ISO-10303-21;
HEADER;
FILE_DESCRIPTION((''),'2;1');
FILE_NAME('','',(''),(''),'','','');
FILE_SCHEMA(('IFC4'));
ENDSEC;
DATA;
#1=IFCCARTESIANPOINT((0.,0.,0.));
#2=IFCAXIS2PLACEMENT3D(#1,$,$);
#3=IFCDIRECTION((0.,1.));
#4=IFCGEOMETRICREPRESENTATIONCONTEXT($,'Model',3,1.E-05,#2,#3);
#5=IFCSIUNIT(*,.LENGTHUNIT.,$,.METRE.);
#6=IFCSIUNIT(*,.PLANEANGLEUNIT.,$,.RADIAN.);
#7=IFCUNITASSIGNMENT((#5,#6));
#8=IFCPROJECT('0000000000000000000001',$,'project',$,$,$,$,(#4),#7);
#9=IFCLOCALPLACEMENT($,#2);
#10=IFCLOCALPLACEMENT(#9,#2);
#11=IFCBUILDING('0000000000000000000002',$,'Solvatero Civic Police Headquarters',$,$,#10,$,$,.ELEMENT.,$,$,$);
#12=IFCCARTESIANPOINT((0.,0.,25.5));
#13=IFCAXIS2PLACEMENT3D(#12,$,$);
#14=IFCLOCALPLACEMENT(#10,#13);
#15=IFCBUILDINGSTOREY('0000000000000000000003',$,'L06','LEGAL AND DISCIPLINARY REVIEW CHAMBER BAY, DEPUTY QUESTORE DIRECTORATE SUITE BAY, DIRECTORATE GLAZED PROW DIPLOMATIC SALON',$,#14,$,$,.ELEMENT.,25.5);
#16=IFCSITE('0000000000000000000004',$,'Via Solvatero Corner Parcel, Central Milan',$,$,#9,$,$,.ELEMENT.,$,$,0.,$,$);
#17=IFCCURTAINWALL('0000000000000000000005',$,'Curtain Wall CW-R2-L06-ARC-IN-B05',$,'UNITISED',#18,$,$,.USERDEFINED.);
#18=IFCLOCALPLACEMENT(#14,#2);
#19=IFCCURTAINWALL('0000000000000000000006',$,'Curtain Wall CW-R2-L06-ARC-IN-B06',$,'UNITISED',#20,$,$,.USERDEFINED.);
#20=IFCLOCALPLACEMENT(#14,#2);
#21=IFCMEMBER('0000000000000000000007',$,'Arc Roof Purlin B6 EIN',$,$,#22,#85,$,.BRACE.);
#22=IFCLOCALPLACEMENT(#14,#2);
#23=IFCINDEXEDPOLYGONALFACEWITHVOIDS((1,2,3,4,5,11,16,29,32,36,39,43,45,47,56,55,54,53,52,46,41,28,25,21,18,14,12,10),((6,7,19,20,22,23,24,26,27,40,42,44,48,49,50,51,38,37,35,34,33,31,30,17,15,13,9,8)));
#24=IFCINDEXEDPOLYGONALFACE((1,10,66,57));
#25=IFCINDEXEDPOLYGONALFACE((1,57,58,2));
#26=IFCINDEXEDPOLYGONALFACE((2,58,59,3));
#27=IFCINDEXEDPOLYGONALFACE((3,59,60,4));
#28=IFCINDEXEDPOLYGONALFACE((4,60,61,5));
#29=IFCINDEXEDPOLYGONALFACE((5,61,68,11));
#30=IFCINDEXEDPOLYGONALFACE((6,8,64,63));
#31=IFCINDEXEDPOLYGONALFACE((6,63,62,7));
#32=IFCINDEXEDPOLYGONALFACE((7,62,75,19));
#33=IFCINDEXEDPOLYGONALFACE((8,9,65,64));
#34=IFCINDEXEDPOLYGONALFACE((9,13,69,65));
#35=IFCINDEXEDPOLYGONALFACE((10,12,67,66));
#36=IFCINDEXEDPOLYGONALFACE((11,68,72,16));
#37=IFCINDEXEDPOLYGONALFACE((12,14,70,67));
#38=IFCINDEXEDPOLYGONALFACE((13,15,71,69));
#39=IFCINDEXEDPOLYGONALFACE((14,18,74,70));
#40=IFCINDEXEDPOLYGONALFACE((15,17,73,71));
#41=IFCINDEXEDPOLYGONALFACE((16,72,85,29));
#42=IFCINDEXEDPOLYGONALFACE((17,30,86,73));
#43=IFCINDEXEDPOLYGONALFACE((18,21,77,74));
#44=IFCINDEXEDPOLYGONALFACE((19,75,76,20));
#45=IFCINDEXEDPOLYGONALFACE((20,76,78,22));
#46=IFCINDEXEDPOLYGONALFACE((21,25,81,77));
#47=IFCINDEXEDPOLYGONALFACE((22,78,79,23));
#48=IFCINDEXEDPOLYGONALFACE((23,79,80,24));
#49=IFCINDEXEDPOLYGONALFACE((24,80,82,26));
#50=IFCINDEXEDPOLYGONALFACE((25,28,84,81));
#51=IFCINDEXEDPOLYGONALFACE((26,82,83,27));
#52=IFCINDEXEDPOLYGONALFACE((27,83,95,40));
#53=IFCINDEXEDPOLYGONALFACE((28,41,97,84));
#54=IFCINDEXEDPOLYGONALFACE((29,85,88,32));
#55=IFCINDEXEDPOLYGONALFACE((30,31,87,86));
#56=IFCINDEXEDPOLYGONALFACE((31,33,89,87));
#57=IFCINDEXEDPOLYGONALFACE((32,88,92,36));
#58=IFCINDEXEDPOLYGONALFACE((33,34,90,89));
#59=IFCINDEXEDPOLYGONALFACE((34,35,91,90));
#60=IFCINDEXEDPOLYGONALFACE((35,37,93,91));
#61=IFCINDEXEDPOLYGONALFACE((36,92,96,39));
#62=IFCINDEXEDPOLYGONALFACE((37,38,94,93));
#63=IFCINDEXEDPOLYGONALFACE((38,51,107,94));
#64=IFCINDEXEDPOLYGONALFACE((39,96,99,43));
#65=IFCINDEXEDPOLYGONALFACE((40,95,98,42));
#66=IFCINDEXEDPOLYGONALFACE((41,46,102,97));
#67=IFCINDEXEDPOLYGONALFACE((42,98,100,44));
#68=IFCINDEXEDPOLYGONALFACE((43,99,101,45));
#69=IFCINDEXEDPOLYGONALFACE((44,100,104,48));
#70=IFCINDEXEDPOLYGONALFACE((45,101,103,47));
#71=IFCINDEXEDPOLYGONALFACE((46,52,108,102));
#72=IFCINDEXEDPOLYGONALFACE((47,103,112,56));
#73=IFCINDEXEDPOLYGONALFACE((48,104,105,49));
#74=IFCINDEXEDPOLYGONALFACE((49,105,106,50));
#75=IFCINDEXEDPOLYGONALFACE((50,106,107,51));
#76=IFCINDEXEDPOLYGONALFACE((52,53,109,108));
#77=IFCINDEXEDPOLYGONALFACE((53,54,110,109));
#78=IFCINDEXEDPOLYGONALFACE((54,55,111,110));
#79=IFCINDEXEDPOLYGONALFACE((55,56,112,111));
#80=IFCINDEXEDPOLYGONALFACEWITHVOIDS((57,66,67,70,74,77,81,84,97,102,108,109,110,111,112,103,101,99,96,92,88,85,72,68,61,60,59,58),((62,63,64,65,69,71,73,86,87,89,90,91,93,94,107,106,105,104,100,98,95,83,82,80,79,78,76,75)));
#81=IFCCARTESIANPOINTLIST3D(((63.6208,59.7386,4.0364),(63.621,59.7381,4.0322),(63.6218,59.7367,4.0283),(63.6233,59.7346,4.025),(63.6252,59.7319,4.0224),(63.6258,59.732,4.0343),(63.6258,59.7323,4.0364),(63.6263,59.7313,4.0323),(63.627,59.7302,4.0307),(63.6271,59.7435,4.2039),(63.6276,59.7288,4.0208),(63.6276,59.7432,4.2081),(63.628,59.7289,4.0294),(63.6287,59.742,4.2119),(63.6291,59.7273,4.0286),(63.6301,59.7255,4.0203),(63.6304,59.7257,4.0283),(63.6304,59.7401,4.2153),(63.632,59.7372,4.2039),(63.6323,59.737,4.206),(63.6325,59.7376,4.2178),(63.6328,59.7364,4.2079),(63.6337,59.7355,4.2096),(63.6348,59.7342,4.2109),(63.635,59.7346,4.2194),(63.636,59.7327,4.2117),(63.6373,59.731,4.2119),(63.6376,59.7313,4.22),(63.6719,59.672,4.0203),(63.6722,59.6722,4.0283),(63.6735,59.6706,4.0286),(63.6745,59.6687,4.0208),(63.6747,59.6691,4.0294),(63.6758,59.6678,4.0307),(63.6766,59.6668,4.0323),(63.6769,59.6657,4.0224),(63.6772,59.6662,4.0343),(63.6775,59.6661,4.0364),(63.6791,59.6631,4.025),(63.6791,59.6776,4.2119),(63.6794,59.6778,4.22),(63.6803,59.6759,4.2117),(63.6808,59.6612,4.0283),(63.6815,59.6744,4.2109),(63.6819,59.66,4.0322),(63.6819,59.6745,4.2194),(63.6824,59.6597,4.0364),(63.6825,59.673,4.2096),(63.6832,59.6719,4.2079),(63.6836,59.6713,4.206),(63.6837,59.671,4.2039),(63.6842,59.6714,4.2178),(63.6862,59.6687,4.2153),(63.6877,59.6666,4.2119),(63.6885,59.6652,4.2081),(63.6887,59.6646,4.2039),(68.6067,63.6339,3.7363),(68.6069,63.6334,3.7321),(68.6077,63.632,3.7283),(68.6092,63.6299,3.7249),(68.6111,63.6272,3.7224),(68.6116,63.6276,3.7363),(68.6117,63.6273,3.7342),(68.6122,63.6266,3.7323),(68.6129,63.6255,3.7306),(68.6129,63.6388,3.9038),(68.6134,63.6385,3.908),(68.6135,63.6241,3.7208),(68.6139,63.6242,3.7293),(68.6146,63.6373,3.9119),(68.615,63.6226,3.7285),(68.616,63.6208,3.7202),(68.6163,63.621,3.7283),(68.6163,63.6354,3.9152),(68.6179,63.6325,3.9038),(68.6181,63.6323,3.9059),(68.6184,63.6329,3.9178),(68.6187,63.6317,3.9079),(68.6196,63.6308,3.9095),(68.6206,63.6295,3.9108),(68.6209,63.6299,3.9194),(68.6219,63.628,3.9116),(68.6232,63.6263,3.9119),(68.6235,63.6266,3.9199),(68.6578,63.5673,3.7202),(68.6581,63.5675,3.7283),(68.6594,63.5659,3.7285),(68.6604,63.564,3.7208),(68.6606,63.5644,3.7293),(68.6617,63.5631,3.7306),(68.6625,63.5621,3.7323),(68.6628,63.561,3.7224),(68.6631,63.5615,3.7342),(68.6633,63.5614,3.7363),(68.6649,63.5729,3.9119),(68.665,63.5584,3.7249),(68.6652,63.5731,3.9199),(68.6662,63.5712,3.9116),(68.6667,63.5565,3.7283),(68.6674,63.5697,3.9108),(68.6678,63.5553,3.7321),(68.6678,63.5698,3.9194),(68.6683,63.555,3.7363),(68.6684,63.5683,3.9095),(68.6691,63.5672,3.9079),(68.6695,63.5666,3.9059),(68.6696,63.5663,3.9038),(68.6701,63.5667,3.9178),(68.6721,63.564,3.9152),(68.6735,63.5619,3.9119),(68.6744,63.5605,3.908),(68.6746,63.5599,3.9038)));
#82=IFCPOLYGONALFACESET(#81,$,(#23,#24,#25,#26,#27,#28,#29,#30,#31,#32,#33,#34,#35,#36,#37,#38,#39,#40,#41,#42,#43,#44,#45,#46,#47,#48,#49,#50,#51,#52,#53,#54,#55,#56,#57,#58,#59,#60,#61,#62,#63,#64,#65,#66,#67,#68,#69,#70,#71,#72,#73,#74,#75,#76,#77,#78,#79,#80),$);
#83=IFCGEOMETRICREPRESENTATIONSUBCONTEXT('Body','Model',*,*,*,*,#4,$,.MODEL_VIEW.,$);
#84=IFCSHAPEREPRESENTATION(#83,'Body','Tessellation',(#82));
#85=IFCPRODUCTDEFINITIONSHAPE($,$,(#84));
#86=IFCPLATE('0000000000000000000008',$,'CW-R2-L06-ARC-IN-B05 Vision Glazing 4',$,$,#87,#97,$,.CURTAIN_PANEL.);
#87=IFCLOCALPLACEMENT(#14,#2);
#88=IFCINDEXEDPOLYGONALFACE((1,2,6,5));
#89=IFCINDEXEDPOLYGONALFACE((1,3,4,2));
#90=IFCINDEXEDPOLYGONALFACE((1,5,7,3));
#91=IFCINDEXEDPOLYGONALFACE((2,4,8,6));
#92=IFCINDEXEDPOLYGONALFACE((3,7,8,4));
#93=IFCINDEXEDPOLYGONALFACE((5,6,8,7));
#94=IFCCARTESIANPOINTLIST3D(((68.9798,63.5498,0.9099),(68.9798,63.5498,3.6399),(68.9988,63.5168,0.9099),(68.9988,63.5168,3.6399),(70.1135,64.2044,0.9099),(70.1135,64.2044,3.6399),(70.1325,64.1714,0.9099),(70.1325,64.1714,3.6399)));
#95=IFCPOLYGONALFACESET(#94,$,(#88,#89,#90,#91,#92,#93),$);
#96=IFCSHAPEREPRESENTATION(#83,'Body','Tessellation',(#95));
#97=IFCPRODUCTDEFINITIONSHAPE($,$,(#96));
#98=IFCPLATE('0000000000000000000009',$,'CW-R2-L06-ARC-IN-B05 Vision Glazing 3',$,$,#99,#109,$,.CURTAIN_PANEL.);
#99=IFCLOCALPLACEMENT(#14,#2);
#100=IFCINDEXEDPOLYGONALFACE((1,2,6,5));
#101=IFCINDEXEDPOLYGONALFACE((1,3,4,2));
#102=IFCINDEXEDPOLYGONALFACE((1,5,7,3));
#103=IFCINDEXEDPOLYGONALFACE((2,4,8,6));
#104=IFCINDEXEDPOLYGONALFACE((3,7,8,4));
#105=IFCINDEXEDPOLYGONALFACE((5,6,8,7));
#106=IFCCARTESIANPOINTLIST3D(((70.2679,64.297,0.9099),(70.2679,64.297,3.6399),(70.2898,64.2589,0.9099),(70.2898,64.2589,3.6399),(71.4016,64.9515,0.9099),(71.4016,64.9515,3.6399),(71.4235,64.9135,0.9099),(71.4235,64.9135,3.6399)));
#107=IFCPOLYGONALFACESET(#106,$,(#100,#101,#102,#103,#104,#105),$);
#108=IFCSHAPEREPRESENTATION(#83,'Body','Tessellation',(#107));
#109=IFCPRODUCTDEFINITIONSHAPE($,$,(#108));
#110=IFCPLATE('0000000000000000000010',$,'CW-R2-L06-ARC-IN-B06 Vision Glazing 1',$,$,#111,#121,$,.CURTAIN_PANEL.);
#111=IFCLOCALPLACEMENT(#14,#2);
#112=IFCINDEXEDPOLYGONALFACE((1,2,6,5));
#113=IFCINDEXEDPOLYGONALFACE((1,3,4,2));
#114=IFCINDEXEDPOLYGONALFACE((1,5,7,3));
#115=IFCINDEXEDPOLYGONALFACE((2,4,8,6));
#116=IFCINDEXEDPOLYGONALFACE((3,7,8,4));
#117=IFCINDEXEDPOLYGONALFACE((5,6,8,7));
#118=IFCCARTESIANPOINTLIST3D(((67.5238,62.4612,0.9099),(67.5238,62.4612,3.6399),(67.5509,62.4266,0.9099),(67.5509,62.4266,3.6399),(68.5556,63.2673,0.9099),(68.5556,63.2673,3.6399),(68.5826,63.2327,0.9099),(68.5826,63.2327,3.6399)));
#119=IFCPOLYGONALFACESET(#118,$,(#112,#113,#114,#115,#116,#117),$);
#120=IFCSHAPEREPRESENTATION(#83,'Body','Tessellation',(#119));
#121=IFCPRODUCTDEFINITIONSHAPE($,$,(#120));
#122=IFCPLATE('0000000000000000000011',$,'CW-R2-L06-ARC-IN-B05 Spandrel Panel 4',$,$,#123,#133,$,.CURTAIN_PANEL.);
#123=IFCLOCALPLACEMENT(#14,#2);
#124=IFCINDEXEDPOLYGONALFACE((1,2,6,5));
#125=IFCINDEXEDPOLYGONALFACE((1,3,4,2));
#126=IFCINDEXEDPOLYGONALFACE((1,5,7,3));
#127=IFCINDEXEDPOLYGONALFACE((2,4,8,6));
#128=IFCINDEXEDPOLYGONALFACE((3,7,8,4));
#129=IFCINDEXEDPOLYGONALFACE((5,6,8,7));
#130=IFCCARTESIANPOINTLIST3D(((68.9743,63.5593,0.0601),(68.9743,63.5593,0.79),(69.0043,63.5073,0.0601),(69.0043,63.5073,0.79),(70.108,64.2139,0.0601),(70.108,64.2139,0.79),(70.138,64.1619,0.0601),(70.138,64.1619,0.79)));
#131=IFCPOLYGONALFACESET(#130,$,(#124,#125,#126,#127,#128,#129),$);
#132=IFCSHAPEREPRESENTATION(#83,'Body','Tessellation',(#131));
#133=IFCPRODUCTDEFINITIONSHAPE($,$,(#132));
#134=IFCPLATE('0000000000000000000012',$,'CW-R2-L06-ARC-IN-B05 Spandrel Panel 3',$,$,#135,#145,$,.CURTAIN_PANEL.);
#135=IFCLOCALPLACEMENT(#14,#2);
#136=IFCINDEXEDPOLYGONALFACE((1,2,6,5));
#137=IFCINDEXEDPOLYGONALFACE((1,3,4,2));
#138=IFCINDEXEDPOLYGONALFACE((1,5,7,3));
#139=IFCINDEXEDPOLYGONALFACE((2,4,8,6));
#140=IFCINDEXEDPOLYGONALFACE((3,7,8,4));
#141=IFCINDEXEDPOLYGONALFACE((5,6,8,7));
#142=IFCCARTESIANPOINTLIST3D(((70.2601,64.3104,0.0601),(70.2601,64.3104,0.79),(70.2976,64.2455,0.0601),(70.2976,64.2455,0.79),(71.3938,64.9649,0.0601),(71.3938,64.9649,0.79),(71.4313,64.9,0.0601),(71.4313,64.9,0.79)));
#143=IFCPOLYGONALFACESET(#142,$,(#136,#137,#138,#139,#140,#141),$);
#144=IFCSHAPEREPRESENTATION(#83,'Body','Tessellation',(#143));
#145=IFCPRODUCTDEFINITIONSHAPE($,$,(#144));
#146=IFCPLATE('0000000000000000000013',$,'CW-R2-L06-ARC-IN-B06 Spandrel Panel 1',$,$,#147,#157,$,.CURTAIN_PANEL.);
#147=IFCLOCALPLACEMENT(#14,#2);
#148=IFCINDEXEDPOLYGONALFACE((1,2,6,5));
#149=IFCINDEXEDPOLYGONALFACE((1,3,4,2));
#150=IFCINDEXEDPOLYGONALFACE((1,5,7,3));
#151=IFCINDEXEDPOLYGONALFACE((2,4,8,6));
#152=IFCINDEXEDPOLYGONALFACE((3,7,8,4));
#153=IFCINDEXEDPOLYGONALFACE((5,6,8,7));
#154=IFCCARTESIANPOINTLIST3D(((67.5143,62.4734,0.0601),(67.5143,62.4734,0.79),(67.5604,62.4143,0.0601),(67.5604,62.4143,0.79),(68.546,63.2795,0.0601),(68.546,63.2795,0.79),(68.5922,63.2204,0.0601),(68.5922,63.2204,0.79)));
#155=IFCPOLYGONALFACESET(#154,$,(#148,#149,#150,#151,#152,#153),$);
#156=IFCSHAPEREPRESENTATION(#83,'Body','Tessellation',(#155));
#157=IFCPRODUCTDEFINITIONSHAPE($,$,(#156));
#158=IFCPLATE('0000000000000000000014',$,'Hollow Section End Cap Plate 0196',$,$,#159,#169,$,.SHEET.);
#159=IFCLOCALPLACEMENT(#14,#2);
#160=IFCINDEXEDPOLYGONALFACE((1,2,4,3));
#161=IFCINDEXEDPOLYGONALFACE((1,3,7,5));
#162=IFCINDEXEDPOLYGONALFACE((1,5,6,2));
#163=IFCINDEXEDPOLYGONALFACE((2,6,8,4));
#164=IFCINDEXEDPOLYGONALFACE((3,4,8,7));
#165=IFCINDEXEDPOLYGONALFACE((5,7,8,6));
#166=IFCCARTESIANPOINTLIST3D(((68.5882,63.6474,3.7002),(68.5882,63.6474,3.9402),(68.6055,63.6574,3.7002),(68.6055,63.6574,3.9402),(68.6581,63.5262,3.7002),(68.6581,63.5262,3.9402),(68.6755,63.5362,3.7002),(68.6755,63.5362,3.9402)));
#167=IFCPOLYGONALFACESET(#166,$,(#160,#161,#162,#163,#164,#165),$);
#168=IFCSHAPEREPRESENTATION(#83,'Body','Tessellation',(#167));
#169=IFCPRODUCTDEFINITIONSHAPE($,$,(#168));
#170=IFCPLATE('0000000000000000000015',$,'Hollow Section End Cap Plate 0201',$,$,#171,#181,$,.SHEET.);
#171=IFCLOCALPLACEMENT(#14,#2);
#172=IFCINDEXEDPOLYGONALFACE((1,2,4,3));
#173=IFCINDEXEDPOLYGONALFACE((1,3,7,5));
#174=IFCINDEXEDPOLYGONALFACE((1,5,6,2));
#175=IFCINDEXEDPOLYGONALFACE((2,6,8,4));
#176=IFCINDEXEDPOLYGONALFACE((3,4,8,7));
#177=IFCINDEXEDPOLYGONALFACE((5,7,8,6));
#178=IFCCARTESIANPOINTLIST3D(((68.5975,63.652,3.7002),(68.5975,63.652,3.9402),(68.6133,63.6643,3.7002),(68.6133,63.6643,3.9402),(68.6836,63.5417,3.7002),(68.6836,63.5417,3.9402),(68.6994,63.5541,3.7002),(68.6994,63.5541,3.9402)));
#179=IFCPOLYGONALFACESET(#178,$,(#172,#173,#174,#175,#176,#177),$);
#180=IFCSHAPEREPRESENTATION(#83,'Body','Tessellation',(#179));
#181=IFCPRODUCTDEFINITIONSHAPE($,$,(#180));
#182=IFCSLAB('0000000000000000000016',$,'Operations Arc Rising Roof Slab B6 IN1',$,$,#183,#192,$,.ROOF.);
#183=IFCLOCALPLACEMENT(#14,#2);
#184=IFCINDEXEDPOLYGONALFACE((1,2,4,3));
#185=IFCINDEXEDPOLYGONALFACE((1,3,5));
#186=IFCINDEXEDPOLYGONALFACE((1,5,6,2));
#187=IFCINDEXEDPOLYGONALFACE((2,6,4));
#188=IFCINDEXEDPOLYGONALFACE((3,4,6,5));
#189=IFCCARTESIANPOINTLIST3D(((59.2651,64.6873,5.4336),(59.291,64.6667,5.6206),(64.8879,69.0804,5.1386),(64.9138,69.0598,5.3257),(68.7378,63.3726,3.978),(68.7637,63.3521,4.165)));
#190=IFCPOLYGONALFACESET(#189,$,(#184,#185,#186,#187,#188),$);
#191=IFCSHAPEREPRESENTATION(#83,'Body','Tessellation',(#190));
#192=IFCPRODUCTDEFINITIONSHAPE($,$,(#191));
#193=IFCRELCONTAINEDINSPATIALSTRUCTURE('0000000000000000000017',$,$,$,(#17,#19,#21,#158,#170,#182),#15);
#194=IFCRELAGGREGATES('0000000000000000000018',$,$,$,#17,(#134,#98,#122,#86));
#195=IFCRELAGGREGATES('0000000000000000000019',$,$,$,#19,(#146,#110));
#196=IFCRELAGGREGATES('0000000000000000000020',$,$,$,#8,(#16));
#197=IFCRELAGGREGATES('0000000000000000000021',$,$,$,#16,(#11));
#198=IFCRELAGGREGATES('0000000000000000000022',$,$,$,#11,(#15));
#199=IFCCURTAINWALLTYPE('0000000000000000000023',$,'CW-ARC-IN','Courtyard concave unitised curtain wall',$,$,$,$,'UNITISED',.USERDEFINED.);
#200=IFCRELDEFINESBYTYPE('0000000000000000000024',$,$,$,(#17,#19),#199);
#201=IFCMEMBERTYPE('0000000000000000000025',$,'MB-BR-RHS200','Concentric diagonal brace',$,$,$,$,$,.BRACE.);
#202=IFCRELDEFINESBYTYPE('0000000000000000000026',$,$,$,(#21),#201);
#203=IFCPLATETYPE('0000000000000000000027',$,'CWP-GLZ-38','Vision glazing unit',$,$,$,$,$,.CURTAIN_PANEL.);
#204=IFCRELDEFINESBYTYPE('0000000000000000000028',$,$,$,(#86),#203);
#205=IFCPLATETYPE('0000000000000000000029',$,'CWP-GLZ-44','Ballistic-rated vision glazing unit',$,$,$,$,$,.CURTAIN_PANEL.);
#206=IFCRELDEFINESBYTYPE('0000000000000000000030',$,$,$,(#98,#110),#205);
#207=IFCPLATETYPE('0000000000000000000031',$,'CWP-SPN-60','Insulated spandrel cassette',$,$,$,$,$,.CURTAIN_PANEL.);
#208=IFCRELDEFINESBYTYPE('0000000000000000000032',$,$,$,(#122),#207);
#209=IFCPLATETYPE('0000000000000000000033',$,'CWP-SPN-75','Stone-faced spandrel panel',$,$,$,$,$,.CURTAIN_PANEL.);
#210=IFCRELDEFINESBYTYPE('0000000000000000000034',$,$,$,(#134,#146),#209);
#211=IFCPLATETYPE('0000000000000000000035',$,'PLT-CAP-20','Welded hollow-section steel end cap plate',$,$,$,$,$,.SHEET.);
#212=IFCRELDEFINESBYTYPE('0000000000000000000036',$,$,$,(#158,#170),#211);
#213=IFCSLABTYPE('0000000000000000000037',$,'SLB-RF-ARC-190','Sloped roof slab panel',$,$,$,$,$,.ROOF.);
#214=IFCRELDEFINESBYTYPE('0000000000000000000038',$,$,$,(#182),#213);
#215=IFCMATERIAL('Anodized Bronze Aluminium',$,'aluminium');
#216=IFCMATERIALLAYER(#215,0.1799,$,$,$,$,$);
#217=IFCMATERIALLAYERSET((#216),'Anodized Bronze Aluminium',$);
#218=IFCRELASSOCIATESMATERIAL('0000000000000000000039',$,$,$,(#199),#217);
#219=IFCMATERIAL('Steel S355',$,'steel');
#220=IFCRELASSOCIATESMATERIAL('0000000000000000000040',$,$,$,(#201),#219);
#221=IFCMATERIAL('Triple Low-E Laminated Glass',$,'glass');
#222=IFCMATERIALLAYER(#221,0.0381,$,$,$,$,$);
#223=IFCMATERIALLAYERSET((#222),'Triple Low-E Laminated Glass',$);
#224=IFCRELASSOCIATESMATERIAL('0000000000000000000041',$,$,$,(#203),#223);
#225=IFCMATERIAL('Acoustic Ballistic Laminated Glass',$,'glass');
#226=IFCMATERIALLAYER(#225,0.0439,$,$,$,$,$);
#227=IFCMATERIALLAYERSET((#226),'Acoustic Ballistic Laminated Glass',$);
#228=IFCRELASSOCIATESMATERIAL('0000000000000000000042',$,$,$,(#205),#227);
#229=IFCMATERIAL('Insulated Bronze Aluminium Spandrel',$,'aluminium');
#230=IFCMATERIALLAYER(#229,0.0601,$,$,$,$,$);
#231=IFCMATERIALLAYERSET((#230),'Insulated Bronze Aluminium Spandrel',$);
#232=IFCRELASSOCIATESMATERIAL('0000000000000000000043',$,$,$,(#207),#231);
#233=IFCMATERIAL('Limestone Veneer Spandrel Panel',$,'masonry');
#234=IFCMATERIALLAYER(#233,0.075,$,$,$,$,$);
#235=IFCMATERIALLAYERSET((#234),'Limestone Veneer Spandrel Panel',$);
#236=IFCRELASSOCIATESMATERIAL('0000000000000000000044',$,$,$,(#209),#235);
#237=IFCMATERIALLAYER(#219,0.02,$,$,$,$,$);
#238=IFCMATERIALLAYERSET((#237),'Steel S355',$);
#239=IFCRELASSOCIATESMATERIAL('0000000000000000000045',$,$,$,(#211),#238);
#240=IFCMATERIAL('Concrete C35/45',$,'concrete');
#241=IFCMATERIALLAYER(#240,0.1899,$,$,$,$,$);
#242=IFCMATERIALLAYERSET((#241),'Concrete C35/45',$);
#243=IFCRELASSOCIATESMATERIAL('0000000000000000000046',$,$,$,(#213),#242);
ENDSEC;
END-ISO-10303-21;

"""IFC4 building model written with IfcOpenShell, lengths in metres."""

from ifc_helpers import new_model, si_unit, direction, frame, origin, origin_2d, place, context, subcontext, project, spatial, polyline, rectangle, hollow_rectangle, outline, extrude, material, layer, layer_set, material_profile, profile_set, type_object, element, aggregate, save


model = new_model("IFC4")

# Units and contexts
model_context = context("Model", 3, precision=1e-05, world=origin(), true_north=direction((0.0, 1.0)))
body_context = subcontext(model_context, "Body", "Model", "MODEL_VIEW")
ifc_project = project(units=[si_unit("LENGTHUNIT", "METRE"), si_unit("PLANEANGLEUNIT", "RADIAN")], contexts=[model_context])

# Site, building, storey
site_placement = place(None, origin())
site = spatial("IfcSite", under=ifc_project, at=site_placement, Name="Via Solvatero Corner Parcel, Central Milan", CompositionType="ELEMENT", RefElevation=0.0)
building_placement = place(site_placement, origin())
building = spatial("IfcBuilding", under=site, at=building_placement, Name="Solvatero Civic Police Headquarters", CompositionType="ELEMENT")
storey_placement = place(building_placement, frame((0.0, 0.0, 25.5)))
storey = spatial("IfcBuildingStorey", under=building, at=storey_placement, Name="L06", Description="LEGAL AND DISCIPLINARY REVIEW CHAMBER BAY, DEPUTY QUESTORE DIRECTORATE SUITE BAY, DIRECTORATE GLAZED PROW DIPLOMATIC SALON", CompositionType="ELEMENT", Elevation=25.5)

# Shared definitions
ifc_material_1 = material(Name="Steel S355", Category="steel")

# Curtain walls
ifc_material_2 = material(Name="Anodized Bronze Aluminium", Category="aluminium")
ifc_layer_1 = layer(ifc_material_2, 0.1799)
ifc_layer_set_1 = layer_set([ifc_layer_1], Name="Anodized Bronze Aluminium")
curtain_wall_type = type_object("IfcCurtainWallType", Name="CW-ARC-IN", Description="Courtyard concave unitised curtain wall", ElementType="UNITISED", PredefinedType="USERDEFINED", material=ifc_layer_set_1)
curtain_wall_1_placement = place(storey_placement, origin())
curtain_wall_1 = element("IfcCurtainWall", 1, at=curtain_wall_1_placement, inside=storey, type_object=curtain_wall_type, Name="Curtain Wall CW-R2-L06-ARC-IN-B05", ObjectType="UNITISED", PredefinedType="USERDEFINED")
curtain_wall_2_placement = place(storey_placement, origin())
curtain_wall_2 = element("IfcCurtainWall", 2, at=curtain_wall_2_placement, inside=storey, type_object=curtain_wall_type, Name="Curtain Wall CW-R2-L06-ARC-IN-B06", ObjectType="UNITISED", PredefinedType="USERDEFINED")

# Member
ifc_material_profile_1 = material_profile(ifc_material_1, hollow_rectangle(XDim=0.1001, YDim=0.2, WallThickness=0.0081, InnerFilletRadius=0.0081, OuterFilletRadius=0.0161, at=origin_2d()), Name="RHS 200x100x8.0")
ifc_profile_set_1 = profile_set([ifc_material_profile_1], Name="Steel S355")
member_type_1 = type_object("IfcMemberType", Name="MB-BR-RHS200", Description="Concentric diagonal brace", PredefinedType="BRACE", material=ifc_profile_set_1)
member_1_placement = place(storey_placement, frame((68.6406, 63.5969, 3.8201), z_axis=(-0.787134, -0.61496, 0.04737), x_axis=(0.615652, -0.788019, 0.0)))
element("IfcMember", 3, at=member_1_placement, inside=storey, type_object=member_type_1, Name="Arc Roof Purlin B6 EIN", PredefinedType="BRACE", context=body_context, shape_type="SweptSolid", body=[
    extrude(hollow_rectangle(XDim=0.1001, YDim=0.2, WallThickness=0.0081, InnerFilletRadius=0.0081, OuterFilletRadius=0.0161, at=origin_2d()), origin(), (0.0, 0.0, 1.0), 6.3342),
])

# Plates
ifc_material_3 = material(Name="Triple Low-E Laminated Glass", Category="glass")
ifc_layer_2 = layer(ifc_material_3, 0.0381)
ifc_layer_set_2 = layer_set([ifc_layer_2], Name="Triple Low-E Laminated Glass")
plate_type_1 = type_object("IfcPlateType", Name="CWP-GLZ-38", Description="Vision glazing unit", PredefinedType="CURTAIN_PANEL", material=ifc_layer_set_2)
plate_1_placement = place(storey_placement, frame((69.5562, 63.8606, 0.9099), z_axis=(0.0, 0.0, 1.0), x_axis=(-0.866025, -0.5, 0.0)))
plate_1 = element("IfcPlate", 4, at=plate_1_placement, type_object=plate_type_1, Name="CW-R2-L06-ARC-IN-B05 Vision Glazing 4", PredefinedType="CURTAIN_PANEL", context=body_context, shape_type="SweptSolid", body=[
    extrude(rectangle(XDim=1.3091, YDim=0.0381, at=origin_2d()), origin(), (0.0, 0.0, 1.0), 2.73),
])
ifc_material_4 = material(Name="Acoustic Ballistic Laminated Glass", Category="glass")
ifc_layer_3 = layer(ifc_material_4, 0.0439)
ifc_layer_set_3 = layer_set([ifc_layer_3], Name="Acoustic Ballistic Laminated Glass")
plate_type_2 = type_object("IfcPlateType", Name="CWP-GLZ-44", Description="Ballistic-rated vision glazing unit", PredefinedType="CURTAIN_PANEL", material=ifc_layer_set_3)
plate_2_placement = place(storey_placement, frame((70.8457, 64.6052, 0.9099), z_axis=(0.0, 0.0, 1.0), x_axis=(-0.866025, -0.5, 0.0)))
plate_2 = element("IfcPlate", 5, at=plate_2_placement, type_object=plate_type_2, Name="CW-R2-L06-ARC-IN-B05 Vision Glazing 3", PredefinedType="CURTAIN_PANEL", context=body_context, shape_type="SweptSolid", body=[
    extrude(rectangle(XDim=1.3091, YDim=0.0439, at=origin_2d()), origin(), (0.0, 0.0, 1.0), 2.73),
])
plate_3_placement = place(storey_placement, frame((68.0532, 62.8469, 0.9099), z_axis=(0.0, 0.0, 1.0), x_axis=(-0.788011, -0.615661, 0.0)))
plate_3 = element("IfcPlate", 6, at=plate_3_placement, type_object=plate_type_2, Name="CW-R2-L06-ARC-IN-B06 Vision Glazing 1", PredefinedType="CURTAIN_PANEL", context=body_context, shape_type="SweptSolid", body=[
    extrude(rectangle(XDim=1.3093, YDim=0.0439, at=origin_2d()), origin(), (0.0, 0.0, 1.0), 2.73),
])
ifc_material_5 = material(Name="Insulated Bronze Aluminium Spandrel", Category="aluminium")
ifc_layer_4 = layer(ifc_material_5, 0.0601)
ifc_layer_set_4 = layer_set([ifc_layer_4], Name="Insulated Bronze Aluminium Spandrel")
plate_type_3 = type_object("IfcPlateType", Name="CWP-SPN-60", Description="Insulated spandrel cassette", PredefinedType="CURTAIN_PANEL", material=ifc_layer_set_4)
plate_4_placement = place(storey_placement, frame((69.5562, 63.8606, 0.0601), z_axis=(0.0, 0.0, 1.0), x_axis=(-0.866025, -0.5, 0.0)))
plate_4 = element("IfcPlate", 7, at=plate_4_placement, type_object=plate_type_3, Name="CW-R2-L06-ARC-IN-B05 Spandrel Panel 4", PredefinedType="CURTAIN_PANEL", context=body_context, shape_type="SweptSolid", body=[
    extrude(rectangle(XDim=1.3091, YDim=0.0601, at=origin_2d()), origin(), (0.0, 0.0, 1.0), 0.73),
])
ifc_material_6 = material(Name="Limestone Veneer Spandrel Panel", Category="masonry")
ifc_layer_5 = layer(ifc_material_6, 0.075)
ifc_layer_set_5 = layer_set([ifc_layer_5], Name="Limestone Veneer Spandrel Panel")
plate_type_4 = type_object("IfcPlateType", Name="CWP-SPN-75", Description="Stone-faced spandrel panel", PredefinedType="CURTAIN_PANEL", material=ifc_layer_set_5)
plate_5_placement = place(storey_placement, frame((70.8457, 64.6052, 0.0601), z_axis=(0.0, 0.0, 1.0), x_axis=(-0.866025, -0.5, 0.0)))
plate_5 = element("IfcPlate", 8, at=plate_5_placement, type_object=plate_type_4, Name="CW-R2-L06-ARC-IN-B05 Spandrel Panel 3", PredefinedType="CURTAIN_PANEL", context=body_context, shape_type="SweptSolid", body=[
    extrude(rectangle(XDim=1.3091, YDim=0.075, at=origin_2d()), origin(), (0.0, 0.0, 1.0), 0.73),
])
aggregate(curtain_wall_1, [plate_5, plate_2, plate_4, plate_1])
plate_6_placement = place(storey_placement, frame((68.0532, 62.8469, 0.0601), z_axis=(0.0, 0.0, 1.0), x_axis=(-0.788011, -0.615661, 0.0)))
plate_6 = element("IfcPlate", 9, at=plate_6_placement, type_object=plate_type_4, Name="CW-R2-L06-ARC-IN-B06 Spandrel Panel 1", PredefinedType="CURTAIN_PANEL", context=body_context, shape_type="SweptSolid", body=[
    extrude(rectangle(XDim=1.3093, YDim=0.075, at=origin_2d()), origin(), (0.0, 0.0, 1.0), 0.73),
])
aggregate(curtain_wall_2, [plate_6, plate_3])

# Plates
ifc_layer_6 = layer(ifc_material_1, 0.02)
ifc_layer_set_6 = layer_set([ifc_layer_6], Name="Steel S355")
plate_type_5 = type_object("IfcPlateType", Name="PLT-CAP-20", Description="Welded hollow-section steel end cap plate", PredefinedType="SHEET", material=ifc_layer_set_6)
for number, where, z_axis, x_axis, name in (
    (10, (68.6318, 63.5918, 3.7002), (0.0, 0.0, 1.0), (-0.866034, -0.499985, 0.0), "Hollow Section End Cap Plate 0196"),
    (11, (68.6484, 63.603, 3.7002), (0.0, 0.0, 1.0), (-0.788011, -0.615661, 0.0), "Hollow Section End Cap Plate 0201"),
):
    element("IfcPlate", number, at=place(storey_placement, frame(where, z_axis=z_axis, x_axis=x_axis)), inside=storey, type_object=plate_type_5, Name=name, PredefinedType="SHEET", context=body_context, shape_type="SweptSolid", body=[
        extrude(rectangle(XDim=0.02, YDim=0.1399, at=origin_2d()), origin(), (0.0, 0.0, 1.0), 0.24),
    ])

# Slab
ifc_material_7 = material(Name="Concrete C35/45", Category="concrete")
ifc_layer_7 = layer(ifc_material_7, 0.1899)
ifc_layer_set_7 = layer_set([ifc_layer_7], Name="Concrete C35/45")
slab_type = type_object("IfcSlabType", Name="SLB-RF-ARC-190", Description="Sloped roof slab panel", PredefinedType="ROOF", material=ifc_layer_set_7)
slab_1_placement = place(storey_placement, frame((68.7637, 63.3521, 4.165), z_axis=(0.13628, -0.10832, 0.984731), x_axis=(-0.979229, 0.135906, 0.150468)))
element("IfcSlab", 12, at=slab_1_placement, inside=storey, type_object=slab_type, Name="Operations Arc Rising Roof Slab B6 IN1", PredefinedType="ROOF", context=body_context, shape_type="SweptSolid", body=[
    extrude(outline(polyline([(0.0, 0.0), (9.6736, 0.0), (4.7202, -5.1445), (0.0, 0.0)])), origin(), (0.0, 0.0, -1.0), 0.1899),
])

save(model, "model.ifc")
